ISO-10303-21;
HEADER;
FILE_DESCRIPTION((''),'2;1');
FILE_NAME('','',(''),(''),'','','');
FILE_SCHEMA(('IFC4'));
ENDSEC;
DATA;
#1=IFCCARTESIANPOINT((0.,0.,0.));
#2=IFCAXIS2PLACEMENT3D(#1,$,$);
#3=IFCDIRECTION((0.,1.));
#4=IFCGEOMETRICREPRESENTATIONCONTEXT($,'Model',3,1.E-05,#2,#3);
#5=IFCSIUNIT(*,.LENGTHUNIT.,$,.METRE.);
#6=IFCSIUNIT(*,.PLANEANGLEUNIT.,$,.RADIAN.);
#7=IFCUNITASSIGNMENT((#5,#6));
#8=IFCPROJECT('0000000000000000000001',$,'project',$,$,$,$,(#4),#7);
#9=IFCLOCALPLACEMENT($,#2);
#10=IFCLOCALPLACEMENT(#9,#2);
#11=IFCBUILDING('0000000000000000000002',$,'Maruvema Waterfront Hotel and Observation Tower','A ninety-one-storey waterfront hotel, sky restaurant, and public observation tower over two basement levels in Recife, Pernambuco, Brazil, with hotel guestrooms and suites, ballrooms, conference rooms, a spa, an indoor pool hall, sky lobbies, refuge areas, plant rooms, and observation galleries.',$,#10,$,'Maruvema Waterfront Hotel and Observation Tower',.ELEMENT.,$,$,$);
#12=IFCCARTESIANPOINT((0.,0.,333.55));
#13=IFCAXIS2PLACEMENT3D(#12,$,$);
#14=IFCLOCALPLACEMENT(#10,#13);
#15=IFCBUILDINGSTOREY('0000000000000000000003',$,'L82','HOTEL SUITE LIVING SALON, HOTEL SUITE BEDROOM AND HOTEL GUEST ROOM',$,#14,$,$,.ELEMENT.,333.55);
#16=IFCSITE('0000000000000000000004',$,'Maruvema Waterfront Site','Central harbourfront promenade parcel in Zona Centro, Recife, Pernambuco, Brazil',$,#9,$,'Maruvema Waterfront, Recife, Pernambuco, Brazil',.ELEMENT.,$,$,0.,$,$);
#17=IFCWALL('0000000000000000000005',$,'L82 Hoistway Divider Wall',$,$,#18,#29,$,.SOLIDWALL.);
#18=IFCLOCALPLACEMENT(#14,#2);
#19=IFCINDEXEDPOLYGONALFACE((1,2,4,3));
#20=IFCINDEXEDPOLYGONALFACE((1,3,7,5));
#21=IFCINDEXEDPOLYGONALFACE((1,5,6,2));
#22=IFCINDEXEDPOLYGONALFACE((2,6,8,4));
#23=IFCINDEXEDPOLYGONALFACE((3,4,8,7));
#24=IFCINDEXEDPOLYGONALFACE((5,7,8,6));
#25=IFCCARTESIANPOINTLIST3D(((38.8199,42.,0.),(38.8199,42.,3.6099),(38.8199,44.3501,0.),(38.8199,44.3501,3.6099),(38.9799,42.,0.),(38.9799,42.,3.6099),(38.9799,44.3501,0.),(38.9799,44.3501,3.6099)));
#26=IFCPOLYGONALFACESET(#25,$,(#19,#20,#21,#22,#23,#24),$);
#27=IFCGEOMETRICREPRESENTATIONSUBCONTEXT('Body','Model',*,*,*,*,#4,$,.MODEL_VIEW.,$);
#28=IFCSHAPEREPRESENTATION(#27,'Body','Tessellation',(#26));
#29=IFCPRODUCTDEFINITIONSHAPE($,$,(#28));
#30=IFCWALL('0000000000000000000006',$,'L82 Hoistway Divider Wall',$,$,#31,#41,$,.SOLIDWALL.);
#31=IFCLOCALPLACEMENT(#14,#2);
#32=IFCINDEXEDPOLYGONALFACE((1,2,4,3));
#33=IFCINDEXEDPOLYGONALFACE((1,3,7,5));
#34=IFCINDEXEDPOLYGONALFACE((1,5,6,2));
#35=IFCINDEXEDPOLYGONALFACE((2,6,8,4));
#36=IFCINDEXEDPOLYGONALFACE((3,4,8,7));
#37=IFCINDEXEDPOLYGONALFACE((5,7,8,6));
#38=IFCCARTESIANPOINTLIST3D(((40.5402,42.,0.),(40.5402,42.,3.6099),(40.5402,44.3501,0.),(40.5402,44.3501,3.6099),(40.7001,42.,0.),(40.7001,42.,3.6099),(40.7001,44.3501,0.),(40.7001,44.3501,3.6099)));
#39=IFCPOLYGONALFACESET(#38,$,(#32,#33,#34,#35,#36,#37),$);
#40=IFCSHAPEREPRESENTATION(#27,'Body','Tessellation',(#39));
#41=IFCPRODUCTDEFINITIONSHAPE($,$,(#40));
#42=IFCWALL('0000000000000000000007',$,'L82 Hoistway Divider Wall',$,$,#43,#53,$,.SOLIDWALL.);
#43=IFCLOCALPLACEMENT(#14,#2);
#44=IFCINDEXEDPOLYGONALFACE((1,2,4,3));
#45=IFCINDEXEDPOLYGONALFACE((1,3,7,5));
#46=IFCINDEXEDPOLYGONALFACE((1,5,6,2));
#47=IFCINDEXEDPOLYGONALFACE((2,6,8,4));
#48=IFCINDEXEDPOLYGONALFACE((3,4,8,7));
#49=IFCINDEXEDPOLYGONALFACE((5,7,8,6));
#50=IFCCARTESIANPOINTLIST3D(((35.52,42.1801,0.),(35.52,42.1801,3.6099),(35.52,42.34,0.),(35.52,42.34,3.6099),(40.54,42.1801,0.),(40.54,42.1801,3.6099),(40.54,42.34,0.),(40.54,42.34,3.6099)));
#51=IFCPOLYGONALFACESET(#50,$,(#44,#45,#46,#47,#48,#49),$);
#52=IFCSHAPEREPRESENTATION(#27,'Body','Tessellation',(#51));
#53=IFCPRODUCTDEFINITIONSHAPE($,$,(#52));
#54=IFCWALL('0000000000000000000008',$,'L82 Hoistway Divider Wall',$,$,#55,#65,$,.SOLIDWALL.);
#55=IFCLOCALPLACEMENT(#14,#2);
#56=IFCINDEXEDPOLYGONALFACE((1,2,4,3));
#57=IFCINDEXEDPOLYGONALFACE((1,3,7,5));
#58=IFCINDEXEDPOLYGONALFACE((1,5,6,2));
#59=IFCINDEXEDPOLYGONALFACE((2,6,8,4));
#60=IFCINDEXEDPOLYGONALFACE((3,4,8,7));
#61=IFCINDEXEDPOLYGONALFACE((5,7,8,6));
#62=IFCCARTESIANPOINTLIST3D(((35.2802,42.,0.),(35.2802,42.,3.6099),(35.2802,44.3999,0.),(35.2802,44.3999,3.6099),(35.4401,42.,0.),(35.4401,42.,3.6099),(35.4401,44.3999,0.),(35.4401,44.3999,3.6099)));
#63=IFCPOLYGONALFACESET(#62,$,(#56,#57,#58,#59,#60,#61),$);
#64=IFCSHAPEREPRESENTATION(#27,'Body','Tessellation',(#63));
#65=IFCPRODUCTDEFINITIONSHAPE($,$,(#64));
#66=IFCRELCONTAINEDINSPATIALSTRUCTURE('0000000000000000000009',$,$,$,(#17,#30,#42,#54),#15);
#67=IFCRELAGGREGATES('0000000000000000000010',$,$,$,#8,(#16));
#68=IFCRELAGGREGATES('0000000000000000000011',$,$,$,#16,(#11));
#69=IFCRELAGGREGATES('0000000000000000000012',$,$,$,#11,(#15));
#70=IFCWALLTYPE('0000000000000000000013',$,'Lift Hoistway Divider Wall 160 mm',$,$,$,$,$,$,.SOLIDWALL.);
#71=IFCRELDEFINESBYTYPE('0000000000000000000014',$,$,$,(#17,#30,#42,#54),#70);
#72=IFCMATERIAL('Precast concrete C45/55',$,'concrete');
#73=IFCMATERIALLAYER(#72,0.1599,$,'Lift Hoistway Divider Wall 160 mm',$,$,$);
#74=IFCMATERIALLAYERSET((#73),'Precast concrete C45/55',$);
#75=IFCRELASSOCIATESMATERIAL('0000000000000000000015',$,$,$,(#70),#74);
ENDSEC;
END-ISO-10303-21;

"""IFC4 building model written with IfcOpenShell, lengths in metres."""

from ifc_helpers import new_model, si_unit, direction, frame, frame_2d, origin, place, context, subcontext, project, spatial, rectangle, extrude, material, layer, layer_set, type_object, element, save


model = new_model("IFC4")

# Units and contexts
model_context = context("Model", 3, precision=1e-05, world=origin(), true_north=direction((0.0, 1.0)))
body_context = subcontext(model_context, "Body", "Model", "MODEL_VIEW")
ifc_project = project(units=[si_unit("LENGTHUNIT", "METRE"), si_unit("PLANEANGLEUNIT", "RADIAN")], contexts=[model_context])

# Site, building, storey
site_placement = place(None, origin())
site = spatial("IfcSite", under=ifc_project, at=site_placement, Name="Maruvema Waterfront Site", Description="Central harbourfront promenade parcel in Zona Centro, Recife, Pernambuco, Brazil", LongName="Maruvema Waterfront, Recife, Pernambuco, Brazil", CompositionType="ELEMENT", RefElevation=0.0)
building_placement = place(site_placement, origin())
building = spatial("IfcBuilding", under=site, at=building_placement, Name="Maruvema Waterfront Hotel and Observation Tower", Description="A ninety-one-storey waterfront hotel, sky restaurant, and public observation tower over two basement levels in Recife, Pernambuco, Brazil, with hotel guestrooms and suites, ballrooms, conference rooms, a spa, an indoor pool hall, sky lobbies, refuge areas, plant rooms, and observation galleries.", LongName="Maruvema Waterfront Hotel and Observation Tower", CompositionType="ELEMENT")
storey_placement = place(building_placement, frame((0.0, 0.0, 333.55)))
storey = spatial("IfcBuildingStorey", under=building, at=storey_placement, Name="L82", Description="HOTEL SUITE LIVING SALON, HOTEL SUITE BEDROOM AND HOTEL GUEST ROOM", CompositionType="ELEMENT", Elevation=333.55)

# Walls
ifc_material_1 = material(Name="Precast concrete C45/55", Category="concrete")
ifc_layer_1 = layer(ifc_material_1, 0.1599, Name="Lift Hoistway Divider Wall 160 mm")
ifc_layer_set_1 = layer_set([ifc_layer_1], Name="Precast concrete C45/55")
wall_type_1 = type_object("IfcWallType", Name="Lift Hoistway Divider Wall 160 mm", PredefinedType="SOLIDWALL", material=ifc_layer_set_1)
for number, where, z_axis, x_axis, name in (
    (1, (38.8999, 42.0, 0.0), (0.0, 0.0, 1.0), (0.0, 1.0, 0.0), "L82 Hoistway Divider Wall"),
    (2, (40.6201, 42.0, 0.0), (0.0, 0.0, 1.0), (0.0, 1.0, 0.0), "L82 Hoistway Divider Wall"),
):
    element("IfcWall", number, at=place(storey_placement, frame(where, z_axis=z_axis, x_axis=x_axis)), inside=storey, type_object=wall_type_1, Name=name, PredefinedType="SOLIDWALL", context=body_context, shape_type="SweptSolid", body=[
        extrude(rectangle(XDim=2.3501, YDim=0.1599, at=frame_2d((1.175, 0.0))), origin(), (0.0, 0.0, 1.0), 3.6099),
    ])
wall_1_placement = place(storey_placement, frame((35.52, 42.26, 0.0), z_axis=(0.0, 0.0, 1.0), x_axis=(1.0, 0.0, 0.0)))
element("IfcWall", 3, at=wall_1_placement, inside=storey, type_object=wall_type_1, Name="L82 Hoistway Divider Wall", PredefinedType="SOLIDWALL", context=body_context, shape_type="SweptSolid", body=[
    extrude(rectangle(XDim=5.02, YDim=0.1599, at=frame_2d((2.51, 0.0))), origin(), (0.0, 0.0, 1.0), 3.6099),
])
wall_2_placement = place(storey_placement, frame((35.3601, 42.0, 0.0), z_axis=(0.0, 0.0, 1.0), x_axis=(0.0, 1.0, 0.0)))
element("IfcWall", 4, at=wall_2_placement, inside=storey, type_object=wall_type_1, Name="L82 Hoistway Divider Wall", PredefinedType="SOLIDWALL", context=body_context, shape_type="SweptSolid", body=[
    extrude(rectangle(XDim=2.3999, YDim=0.1599, at=frame_2d((1.2, 0.0))), origin(), (0.0, 0.0, 1.0), 3.6099),
])

save(model, "model.ifc")
